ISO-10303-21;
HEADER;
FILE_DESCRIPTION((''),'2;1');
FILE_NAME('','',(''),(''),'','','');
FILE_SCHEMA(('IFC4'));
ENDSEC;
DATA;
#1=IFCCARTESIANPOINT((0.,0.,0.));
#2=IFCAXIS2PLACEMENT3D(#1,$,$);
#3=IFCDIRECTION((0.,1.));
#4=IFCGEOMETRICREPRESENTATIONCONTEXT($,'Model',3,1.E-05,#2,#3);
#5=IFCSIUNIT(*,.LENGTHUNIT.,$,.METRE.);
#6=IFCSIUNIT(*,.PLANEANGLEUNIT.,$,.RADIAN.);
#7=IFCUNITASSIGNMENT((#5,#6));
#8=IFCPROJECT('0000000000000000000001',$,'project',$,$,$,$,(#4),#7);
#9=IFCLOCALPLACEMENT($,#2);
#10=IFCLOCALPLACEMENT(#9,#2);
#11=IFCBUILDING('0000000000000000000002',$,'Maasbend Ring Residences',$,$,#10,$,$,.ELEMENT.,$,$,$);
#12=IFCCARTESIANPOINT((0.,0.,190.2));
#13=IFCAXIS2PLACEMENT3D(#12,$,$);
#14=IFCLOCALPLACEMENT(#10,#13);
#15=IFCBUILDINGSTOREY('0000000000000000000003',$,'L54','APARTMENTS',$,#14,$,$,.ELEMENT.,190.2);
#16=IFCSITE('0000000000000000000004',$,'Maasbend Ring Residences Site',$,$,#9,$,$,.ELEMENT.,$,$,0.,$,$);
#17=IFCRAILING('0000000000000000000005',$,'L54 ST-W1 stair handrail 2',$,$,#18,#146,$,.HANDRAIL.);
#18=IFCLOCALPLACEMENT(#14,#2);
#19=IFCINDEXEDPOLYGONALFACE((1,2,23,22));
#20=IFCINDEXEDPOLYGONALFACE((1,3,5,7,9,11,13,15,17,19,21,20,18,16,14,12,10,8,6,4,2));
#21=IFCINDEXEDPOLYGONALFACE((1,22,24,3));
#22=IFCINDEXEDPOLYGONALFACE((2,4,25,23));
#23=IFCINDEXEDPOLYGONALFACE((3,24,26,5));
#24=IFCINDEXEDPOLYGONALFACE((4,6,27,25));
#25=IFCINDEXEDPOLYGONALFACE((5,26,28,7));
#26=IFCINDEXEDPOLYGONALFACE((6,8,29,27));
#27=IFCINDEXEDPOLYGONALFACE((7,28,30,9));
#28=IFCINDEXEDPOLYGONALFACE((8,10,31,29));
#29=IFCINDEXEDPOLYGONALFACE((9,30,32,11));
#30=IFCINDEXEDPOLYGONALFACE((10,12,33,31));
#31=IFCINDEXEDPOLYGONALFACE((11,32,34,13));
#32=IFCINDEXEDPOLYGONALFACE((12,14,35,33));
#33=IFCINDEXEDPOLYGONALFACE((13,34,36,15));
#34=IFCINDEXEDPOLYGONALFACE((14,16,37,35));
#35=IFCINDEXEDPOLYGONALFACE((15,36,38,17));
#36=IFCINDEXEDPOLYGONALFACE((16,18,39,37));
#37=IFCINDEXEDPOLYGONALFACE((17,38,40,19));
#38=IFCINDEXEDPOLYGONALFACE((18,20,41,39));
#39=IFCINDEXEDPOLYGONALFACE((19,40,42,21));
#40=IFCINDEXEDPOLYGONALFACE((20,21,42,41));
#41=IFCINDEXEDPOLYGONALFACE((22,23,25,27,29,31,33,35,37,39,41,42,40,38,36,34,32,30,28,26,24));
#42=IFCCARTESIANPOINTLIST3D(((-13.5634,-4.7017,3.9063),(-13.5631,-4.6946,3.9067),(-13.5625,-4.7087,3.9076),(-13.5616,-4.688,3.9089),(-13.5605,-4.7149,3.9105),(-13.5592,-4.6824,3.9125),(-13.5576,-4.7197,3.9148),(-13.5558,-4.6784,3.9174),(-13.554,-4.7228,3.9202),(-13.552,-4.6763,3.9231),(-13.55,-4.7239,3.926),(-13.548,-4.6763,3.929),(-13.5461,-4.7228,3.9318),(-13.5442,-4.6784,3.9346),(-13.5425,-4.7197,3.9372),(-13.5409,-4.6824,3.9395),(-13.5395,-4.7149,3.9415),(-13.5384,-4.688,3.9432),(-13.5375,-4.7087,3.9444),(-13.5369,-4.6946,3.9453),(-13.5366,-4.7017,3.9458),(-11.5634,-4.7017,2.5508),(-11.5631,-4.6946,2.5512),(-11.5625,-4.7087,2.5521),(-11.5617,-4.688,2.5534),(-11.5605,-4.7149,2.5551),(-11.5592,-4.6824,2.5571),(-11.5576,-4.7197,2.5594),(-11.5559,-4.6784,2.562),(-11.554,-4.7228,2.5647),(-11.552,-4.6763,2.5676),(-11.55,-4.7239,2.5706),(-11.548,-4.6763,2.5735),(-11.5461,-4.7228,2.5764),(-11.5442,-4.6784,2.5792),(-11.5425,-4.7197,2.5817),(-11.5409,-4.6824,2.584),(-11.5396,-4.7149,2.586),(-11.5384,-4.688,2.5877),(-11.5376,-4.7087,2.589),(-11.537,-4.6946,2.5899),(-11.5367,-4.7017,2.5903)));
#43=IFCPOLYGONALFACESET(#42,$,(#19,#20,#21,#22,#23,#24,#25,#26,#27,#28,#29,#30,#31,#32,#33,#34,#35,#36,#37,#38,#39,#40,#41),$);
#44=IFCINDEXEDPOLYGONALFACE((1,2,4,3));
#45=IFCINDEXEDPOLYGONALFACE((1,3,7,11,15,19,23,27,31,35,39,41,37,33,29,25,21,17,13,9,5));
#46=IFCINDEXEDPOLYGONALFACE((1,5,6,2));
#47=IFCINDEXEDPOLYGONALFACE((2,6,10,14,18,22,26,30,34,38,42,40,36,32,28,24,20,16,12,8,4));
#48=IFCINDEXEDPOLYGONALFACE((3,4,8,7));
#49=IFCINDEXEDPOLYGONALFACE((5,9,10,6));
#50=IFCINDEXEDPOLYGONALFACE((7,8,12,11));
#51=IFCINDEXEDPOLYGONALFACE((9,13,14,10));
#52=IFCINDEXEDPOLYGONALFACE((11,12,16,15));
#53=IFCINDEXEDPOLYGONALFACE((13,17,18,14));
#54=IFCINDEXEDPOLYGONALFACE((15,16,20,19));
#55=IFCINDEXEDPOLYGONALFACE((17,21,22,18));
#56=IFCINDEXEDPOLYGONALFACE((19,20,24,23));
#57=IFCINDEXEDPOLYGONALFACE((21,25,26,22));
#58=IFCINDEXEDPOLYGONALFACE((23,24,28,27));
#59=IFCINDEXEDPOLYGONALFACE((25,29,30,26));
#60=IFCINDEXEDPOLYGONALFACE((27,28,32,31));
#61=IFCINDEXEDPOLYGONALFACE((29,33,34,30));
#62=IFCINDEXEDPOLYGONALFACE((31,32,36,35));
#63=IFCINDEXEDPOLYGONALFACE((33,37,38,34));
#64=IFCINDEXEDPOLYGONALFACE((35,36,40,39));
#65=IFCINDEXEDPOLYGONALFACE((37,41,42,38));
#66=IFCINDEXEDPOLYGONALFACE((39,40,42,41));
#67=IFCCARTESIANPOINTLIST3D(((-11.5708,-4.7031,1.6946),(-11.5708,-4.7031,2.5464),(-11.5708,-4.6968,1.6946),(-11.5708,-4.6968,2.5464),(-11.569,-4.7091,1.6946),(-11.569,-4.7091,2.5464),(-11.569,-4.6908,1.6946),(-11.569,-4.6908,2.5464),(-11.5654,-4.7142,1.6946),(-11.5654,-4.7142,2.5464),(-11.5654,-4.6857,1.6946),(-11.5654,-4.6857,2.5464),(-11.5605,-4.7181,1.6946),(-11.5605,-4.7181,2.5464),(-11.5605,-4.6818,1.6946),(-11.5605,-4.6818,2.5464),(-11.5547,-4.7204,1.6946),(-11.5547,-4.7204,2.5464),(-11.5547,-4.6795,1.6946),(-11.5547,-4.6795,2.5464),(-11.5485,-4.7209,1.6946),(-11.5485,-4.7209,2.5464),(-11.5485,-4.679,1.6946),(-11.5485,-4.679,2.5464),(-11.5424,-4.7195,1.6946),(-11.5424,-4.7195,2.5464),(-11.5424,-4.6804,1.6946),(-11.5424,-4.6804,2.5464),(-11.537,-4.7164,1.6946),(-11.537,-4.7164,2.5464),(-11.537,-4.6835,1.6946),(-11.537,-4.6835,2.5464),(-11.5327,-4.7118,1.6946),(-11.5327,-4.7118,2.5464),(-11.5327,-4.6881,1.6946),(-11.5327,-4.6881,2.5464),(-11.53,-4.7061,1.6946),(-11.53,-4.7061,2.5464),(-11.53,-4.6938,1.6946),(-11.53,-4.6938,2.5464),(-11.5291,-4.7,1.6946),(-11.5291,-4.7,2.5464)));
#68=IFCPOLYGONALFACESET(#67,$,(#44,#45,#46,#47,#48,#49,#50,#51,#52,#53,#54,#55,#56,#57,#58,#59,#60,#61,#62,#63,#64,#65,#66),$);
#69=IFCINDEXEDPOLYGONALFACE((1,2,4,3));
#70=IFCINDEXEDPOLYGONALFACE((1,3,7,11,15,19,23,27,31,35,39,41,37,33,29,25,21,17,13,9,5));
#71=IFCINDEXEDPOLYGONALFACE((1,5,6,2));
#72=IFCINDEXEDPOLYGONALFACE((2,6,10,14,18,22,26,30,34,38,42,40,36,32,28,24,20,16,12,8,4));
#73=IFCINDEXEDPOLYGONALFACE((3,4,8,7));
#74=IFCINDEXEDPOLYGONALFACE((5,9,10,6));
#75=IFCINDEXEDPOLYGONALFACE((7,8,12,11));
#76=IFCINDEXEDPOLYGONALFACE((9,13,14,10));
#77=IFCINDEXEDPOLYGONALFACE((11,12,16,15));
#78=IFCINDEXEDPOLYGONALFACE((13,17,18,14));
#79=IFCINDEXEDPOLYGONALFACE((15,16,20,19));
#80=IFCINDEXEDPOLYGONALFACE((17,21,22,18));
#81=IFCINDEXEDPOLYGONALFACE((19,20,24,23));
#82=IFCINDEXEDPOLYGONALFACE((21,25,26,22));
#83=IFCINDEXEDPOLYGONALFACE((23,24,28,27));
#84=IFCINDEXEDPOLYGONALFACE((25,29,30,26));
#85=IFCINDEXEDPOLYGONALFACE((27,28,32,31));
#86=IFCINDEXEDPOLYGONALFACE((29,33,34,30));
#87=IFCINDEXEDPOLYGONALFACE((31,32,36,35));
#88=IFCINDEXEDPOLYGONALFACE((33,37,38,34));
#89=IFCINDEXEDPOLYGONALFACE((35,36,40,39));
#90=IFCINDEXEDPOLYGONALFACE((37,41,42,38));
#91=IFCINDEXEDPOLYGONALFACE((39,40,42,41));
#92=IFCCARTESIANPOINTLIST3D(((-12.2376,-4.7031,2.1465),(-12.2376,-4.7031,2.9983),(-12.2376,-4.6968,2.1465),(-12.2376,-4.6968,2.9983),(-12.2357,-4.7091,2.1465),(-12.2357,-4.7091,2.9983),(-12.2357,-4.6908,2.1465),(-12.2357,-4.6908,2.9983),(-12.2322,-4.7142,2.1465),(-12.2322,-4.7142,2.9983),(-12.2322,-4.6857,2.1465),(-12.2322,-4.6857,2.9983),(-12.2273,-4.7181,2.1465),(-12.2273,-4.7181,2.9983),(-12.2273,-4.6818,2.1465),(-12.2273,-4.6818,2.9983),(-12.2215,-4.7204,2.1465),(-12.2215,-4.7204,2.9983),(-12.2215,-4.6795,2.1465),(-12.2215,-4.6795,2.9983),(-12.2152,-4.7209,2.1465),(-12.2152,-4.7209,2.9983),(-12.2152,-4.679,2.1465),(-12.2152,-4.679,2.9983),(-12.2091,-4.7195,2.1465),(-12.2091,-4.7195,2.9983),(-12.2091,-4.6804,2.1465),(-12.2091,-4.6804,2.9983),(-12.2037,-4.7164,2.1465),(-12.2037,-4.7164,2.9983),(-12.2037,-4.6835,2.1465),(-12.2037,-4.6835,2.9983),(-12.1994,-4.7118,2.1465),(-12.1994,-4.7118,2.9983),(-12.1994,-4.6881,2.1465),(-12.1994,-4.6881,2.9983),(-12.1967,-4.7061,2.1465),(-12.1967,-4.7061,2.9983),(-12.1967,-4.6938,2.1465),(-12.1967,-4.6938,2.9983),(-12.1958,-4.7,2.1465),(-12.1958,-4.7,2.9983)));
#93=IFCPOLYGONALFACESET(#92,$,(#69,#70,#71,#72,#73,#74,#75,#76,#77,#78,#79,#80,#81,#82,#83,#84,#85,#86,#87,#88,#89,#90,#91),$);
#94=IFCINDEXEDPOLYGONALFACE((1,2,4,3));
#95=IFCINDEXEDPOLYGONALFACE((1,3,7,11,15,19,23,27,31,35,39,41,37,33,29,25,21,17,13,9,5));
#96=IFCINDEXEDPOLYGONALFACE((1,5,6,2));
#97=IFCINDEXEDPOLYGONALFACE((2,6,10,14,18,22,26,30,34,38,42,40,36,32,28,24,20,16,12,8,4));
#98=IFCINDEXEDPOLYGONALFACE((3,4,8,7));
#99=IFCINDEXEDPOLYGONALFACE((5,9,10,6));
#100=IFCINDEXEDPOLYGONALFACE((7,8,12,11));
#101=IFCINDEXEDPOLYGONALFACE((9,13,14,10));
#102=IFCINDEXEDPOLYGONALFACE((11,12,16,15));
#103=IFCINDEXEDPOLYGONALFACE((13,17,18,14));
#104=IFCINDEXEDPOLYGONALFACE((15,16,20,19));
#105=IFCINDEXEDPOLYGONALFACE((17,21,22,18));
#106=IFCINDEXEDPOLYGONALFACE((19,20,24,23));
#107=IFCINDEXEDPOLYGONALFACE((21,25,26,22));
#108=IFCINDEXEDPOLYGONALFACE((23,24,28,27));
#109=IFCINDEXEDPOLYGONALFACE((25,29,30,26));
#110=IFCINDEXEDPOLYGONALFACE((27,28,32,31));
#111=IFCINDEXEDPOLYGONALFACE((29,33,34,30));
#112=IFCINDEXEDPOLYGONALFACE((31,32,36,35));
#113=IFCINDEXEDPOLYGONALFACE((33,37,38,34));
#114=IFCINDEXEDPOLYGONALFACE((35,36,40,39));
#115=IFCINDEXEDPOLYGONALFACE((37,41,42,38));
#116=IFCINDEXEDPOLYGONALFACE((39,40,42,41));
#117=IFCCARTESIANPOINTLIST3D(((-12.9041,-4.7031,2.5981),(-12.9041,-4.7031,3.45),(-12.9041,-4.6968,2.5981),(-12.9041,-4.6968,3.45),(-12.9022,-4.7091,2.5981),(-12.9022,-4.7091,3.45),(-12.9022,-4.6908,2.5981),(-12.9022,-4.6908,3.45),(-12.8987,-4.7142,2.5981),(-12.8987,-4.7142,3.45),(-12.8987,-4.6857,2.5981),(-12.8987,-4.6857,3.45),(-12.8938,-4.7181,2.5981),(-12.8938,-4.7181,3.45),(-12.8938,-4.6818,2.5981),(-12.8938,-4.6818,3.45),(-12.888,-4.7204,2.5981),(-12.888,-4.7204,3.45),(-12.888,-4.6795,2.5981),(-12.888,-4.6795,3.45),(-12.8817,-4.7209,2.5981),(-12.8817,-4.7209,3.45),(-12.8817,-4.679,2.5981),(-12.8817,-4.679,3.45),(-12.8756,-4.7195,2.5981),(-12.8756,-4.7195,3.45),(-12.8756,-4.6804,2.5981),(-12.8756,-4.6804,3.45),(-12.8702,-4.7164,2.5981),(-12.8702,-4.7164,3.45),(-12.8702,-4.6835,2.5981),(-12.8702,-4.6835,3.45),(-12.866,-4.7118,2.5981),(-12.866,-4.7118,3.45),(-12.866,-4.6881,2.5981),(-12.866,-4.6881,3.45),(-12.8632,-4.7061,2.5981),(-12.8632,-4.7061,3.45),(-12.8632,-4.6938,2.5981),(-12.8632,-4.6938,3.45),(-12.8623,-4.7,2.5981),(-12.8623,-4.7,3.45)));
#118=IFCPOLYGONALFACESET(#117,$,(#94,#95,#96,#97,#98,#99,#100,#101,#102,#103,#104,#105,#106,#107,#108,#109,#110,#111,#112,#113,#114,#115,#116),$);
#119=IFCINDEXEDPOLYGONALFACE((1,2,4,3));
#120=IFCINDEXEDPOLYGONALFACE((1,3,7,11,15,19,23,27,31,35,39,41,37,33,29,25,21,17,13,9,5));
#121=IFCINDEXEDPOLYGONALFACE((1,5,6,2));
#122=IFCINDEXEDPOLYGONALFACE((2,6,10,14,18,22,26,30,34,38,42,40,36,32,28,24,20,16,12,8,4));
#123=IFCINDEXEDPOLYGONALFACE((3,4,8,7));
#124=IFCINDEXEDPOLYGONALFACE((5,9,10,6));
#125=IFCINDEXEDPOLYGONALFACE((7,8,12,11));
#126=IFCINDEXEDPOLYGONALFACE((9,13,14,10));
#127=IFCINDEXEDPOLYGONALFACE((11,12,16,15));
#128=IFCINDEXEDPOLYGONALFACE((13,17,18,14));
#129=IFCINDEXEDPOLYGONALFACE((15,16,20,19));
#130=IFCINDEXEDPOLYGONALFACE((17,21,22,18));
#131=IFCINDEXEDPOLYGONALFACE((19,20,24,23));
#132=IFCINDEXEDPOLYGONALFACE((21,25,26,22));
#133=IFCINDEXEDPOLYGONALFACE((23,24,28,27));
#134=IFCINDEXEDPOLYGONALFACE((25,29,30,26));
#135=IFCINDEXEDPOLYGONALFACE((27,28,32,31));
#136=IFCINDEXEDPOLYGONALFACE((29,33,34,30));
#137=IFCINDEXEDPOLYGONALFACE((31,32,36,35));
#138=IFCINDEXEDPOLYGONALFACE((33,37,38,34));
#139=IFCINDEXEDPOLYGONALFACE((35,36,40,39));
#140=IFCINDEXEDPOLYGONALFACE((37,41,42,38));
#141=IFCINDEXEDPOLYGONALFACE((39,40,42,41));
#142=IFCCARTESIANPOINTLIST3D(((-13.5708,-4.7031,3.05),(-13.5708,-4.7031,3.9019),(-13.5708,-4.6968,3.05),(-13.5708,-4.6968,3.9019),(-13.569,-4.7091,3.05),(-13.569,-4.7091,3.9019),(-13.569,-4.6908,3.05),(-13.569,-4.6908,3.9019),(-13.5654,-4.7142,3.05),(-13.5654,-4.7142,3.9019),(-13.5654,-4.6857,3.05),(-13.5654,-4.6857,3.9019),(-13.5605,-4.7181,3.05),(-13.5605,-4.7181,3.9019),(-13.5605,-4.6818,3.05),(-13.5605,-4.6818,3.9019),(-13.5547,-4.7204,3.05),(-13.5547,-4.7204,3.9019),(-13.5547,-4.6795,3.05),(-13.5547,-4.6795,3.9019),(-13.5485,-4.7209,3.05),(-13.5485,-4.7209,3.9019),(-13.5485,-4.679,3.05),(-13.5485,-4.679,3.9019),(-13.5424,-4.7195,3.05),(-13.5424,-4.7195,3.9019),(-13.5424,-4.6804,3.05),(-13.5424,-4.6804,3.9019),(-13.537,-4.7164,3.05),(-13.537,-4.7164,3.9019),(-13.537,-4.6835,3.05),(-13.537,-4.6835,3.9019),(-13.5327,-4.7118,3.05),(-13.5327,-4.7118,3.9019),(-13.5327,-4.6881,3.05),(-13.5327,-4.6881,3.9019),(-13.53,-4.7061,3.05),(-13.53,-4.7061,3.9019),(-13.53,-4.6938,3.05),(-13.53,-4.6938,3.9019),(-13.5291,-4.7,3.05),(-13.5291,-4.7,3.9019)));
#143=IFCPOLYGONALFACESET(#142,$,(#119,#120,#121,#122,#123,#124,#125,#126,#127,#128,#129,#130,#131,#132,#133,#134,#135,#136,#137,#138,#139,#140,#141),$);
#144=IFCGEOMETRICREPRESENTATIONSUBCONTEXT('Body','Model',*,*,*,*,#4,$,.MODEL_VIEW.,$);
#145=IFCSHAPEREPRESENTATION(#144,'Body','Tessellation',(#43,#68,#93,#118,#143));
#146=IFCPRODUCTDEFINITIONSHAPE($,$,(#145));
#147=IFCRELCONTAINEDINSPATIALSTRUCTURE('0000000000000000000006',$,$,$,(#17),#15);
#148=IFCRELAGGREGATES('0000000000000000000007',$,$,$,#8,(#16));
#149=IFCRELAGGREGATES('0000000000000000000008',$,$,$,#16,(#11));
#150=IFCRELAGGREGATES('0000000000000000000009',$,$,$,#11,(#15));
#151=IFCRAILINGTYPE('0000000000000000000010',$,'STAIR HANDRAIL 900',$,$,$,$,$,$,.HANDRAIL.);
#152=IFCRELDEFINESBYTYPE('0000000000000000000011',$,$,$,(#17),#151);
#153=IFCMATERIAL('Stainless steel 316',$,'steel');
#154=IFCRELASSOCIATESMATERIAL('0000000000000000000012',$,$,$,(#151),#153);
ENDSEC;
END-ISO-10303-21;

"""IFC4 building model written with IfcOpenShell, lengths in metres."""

from ifc_helpers import new_model, si_unit, direction, frame, origin, origin_2d, place, context, subcontext, project, spatial, circle, extrude, material, type_object, element, save


model = new_model("IFC4")

# Units and contexts
model_context = context("Model", 3, precision=1e-05, world=origin(), true_north=direction((0.0, 1.0)))
body_context = subcontext(model_context, "Body", "Model", "MODEL_VIEW")
ifc_project = project(units=[si_unit("LENGTHUNIT", "METRE"), si_unit("PLANEANGLEUNIT", "RADIAN")], contexts=[model_context])

# Site, building, storey
site_placement = place(None, origin())
site = spatial("IfcSite", under=ifc_project, at=site_placement, Name="Maasbend Ring Residences Site", CompositionType="ELEMENT", RefElevation=0.0)
building_placement = place(site_placement, origin())
building = spatial("IfcBuilding", under=site, at=building_placement, Name="Maasbend Ring Residences", CompositionType="ELEMENT")
storey_placement = place(building_placement, frame((0.0, 0.0, 190.2)))
storey = spatial("IfcBuildingStorey", under=building, at=storey_placement, Name="L54", Description="APARTMENTS", CompositionType="ELEMENT", Elevation=190.2)

# Railing
ifc_material_1 = material(Name="Stainless steel 316", Category="steel")
railing_type_1 = type_object("IfcRailingType", Name="STAIR HANDRAIL 900", PredefinedType="HANDRAIL", material=ifc_material_1)
railing_1_placement = place(storey_placement, frame((-11.55, -4.7, 1.6946)))
element("IfcRailing", 1, at=railing_1_placement, inside=storey, type_object=railing_type_1, Name="L54 ST-W1 stair handrail 2", PredefinedType="HANDRAIL", context=body_context, shape_type="SweptSolid", body=[
    extrude(circle(Radius=0.0239, at=origin_2d()), frame((0.0, 0.0, 0.876), z_axis=(-0.827798, 0.0, 0.561027), x_axis=(0.0, -1.0, 0.0)), (0.0, 0.0, 1.0), 2.416),
    extrude(circle(Radius=0.021, at=origin_2d()), origin(), (0.0, 0.0, 1.0), 0.8518),
    extrude(circle(Radius=0.021, at=origin_2d()), frame((-0.6667, 0.0, 0.4519)), (0.0, 0.0, 1.0), 0.8518),
    extrude(circle(Radius=0.021, at=origin_2d()), frame((-1.3333, 0.0, 0.9036)), (0.0, 0.0, 1.0), 0.8518),
    extrude(circle(Radius=0.021, at=origin_2d()), frame((-2.0, 0.0, 1.3555)), (0.0, 0.0, 1.0), 0.8518),
])

save(model, "model.ifc")
